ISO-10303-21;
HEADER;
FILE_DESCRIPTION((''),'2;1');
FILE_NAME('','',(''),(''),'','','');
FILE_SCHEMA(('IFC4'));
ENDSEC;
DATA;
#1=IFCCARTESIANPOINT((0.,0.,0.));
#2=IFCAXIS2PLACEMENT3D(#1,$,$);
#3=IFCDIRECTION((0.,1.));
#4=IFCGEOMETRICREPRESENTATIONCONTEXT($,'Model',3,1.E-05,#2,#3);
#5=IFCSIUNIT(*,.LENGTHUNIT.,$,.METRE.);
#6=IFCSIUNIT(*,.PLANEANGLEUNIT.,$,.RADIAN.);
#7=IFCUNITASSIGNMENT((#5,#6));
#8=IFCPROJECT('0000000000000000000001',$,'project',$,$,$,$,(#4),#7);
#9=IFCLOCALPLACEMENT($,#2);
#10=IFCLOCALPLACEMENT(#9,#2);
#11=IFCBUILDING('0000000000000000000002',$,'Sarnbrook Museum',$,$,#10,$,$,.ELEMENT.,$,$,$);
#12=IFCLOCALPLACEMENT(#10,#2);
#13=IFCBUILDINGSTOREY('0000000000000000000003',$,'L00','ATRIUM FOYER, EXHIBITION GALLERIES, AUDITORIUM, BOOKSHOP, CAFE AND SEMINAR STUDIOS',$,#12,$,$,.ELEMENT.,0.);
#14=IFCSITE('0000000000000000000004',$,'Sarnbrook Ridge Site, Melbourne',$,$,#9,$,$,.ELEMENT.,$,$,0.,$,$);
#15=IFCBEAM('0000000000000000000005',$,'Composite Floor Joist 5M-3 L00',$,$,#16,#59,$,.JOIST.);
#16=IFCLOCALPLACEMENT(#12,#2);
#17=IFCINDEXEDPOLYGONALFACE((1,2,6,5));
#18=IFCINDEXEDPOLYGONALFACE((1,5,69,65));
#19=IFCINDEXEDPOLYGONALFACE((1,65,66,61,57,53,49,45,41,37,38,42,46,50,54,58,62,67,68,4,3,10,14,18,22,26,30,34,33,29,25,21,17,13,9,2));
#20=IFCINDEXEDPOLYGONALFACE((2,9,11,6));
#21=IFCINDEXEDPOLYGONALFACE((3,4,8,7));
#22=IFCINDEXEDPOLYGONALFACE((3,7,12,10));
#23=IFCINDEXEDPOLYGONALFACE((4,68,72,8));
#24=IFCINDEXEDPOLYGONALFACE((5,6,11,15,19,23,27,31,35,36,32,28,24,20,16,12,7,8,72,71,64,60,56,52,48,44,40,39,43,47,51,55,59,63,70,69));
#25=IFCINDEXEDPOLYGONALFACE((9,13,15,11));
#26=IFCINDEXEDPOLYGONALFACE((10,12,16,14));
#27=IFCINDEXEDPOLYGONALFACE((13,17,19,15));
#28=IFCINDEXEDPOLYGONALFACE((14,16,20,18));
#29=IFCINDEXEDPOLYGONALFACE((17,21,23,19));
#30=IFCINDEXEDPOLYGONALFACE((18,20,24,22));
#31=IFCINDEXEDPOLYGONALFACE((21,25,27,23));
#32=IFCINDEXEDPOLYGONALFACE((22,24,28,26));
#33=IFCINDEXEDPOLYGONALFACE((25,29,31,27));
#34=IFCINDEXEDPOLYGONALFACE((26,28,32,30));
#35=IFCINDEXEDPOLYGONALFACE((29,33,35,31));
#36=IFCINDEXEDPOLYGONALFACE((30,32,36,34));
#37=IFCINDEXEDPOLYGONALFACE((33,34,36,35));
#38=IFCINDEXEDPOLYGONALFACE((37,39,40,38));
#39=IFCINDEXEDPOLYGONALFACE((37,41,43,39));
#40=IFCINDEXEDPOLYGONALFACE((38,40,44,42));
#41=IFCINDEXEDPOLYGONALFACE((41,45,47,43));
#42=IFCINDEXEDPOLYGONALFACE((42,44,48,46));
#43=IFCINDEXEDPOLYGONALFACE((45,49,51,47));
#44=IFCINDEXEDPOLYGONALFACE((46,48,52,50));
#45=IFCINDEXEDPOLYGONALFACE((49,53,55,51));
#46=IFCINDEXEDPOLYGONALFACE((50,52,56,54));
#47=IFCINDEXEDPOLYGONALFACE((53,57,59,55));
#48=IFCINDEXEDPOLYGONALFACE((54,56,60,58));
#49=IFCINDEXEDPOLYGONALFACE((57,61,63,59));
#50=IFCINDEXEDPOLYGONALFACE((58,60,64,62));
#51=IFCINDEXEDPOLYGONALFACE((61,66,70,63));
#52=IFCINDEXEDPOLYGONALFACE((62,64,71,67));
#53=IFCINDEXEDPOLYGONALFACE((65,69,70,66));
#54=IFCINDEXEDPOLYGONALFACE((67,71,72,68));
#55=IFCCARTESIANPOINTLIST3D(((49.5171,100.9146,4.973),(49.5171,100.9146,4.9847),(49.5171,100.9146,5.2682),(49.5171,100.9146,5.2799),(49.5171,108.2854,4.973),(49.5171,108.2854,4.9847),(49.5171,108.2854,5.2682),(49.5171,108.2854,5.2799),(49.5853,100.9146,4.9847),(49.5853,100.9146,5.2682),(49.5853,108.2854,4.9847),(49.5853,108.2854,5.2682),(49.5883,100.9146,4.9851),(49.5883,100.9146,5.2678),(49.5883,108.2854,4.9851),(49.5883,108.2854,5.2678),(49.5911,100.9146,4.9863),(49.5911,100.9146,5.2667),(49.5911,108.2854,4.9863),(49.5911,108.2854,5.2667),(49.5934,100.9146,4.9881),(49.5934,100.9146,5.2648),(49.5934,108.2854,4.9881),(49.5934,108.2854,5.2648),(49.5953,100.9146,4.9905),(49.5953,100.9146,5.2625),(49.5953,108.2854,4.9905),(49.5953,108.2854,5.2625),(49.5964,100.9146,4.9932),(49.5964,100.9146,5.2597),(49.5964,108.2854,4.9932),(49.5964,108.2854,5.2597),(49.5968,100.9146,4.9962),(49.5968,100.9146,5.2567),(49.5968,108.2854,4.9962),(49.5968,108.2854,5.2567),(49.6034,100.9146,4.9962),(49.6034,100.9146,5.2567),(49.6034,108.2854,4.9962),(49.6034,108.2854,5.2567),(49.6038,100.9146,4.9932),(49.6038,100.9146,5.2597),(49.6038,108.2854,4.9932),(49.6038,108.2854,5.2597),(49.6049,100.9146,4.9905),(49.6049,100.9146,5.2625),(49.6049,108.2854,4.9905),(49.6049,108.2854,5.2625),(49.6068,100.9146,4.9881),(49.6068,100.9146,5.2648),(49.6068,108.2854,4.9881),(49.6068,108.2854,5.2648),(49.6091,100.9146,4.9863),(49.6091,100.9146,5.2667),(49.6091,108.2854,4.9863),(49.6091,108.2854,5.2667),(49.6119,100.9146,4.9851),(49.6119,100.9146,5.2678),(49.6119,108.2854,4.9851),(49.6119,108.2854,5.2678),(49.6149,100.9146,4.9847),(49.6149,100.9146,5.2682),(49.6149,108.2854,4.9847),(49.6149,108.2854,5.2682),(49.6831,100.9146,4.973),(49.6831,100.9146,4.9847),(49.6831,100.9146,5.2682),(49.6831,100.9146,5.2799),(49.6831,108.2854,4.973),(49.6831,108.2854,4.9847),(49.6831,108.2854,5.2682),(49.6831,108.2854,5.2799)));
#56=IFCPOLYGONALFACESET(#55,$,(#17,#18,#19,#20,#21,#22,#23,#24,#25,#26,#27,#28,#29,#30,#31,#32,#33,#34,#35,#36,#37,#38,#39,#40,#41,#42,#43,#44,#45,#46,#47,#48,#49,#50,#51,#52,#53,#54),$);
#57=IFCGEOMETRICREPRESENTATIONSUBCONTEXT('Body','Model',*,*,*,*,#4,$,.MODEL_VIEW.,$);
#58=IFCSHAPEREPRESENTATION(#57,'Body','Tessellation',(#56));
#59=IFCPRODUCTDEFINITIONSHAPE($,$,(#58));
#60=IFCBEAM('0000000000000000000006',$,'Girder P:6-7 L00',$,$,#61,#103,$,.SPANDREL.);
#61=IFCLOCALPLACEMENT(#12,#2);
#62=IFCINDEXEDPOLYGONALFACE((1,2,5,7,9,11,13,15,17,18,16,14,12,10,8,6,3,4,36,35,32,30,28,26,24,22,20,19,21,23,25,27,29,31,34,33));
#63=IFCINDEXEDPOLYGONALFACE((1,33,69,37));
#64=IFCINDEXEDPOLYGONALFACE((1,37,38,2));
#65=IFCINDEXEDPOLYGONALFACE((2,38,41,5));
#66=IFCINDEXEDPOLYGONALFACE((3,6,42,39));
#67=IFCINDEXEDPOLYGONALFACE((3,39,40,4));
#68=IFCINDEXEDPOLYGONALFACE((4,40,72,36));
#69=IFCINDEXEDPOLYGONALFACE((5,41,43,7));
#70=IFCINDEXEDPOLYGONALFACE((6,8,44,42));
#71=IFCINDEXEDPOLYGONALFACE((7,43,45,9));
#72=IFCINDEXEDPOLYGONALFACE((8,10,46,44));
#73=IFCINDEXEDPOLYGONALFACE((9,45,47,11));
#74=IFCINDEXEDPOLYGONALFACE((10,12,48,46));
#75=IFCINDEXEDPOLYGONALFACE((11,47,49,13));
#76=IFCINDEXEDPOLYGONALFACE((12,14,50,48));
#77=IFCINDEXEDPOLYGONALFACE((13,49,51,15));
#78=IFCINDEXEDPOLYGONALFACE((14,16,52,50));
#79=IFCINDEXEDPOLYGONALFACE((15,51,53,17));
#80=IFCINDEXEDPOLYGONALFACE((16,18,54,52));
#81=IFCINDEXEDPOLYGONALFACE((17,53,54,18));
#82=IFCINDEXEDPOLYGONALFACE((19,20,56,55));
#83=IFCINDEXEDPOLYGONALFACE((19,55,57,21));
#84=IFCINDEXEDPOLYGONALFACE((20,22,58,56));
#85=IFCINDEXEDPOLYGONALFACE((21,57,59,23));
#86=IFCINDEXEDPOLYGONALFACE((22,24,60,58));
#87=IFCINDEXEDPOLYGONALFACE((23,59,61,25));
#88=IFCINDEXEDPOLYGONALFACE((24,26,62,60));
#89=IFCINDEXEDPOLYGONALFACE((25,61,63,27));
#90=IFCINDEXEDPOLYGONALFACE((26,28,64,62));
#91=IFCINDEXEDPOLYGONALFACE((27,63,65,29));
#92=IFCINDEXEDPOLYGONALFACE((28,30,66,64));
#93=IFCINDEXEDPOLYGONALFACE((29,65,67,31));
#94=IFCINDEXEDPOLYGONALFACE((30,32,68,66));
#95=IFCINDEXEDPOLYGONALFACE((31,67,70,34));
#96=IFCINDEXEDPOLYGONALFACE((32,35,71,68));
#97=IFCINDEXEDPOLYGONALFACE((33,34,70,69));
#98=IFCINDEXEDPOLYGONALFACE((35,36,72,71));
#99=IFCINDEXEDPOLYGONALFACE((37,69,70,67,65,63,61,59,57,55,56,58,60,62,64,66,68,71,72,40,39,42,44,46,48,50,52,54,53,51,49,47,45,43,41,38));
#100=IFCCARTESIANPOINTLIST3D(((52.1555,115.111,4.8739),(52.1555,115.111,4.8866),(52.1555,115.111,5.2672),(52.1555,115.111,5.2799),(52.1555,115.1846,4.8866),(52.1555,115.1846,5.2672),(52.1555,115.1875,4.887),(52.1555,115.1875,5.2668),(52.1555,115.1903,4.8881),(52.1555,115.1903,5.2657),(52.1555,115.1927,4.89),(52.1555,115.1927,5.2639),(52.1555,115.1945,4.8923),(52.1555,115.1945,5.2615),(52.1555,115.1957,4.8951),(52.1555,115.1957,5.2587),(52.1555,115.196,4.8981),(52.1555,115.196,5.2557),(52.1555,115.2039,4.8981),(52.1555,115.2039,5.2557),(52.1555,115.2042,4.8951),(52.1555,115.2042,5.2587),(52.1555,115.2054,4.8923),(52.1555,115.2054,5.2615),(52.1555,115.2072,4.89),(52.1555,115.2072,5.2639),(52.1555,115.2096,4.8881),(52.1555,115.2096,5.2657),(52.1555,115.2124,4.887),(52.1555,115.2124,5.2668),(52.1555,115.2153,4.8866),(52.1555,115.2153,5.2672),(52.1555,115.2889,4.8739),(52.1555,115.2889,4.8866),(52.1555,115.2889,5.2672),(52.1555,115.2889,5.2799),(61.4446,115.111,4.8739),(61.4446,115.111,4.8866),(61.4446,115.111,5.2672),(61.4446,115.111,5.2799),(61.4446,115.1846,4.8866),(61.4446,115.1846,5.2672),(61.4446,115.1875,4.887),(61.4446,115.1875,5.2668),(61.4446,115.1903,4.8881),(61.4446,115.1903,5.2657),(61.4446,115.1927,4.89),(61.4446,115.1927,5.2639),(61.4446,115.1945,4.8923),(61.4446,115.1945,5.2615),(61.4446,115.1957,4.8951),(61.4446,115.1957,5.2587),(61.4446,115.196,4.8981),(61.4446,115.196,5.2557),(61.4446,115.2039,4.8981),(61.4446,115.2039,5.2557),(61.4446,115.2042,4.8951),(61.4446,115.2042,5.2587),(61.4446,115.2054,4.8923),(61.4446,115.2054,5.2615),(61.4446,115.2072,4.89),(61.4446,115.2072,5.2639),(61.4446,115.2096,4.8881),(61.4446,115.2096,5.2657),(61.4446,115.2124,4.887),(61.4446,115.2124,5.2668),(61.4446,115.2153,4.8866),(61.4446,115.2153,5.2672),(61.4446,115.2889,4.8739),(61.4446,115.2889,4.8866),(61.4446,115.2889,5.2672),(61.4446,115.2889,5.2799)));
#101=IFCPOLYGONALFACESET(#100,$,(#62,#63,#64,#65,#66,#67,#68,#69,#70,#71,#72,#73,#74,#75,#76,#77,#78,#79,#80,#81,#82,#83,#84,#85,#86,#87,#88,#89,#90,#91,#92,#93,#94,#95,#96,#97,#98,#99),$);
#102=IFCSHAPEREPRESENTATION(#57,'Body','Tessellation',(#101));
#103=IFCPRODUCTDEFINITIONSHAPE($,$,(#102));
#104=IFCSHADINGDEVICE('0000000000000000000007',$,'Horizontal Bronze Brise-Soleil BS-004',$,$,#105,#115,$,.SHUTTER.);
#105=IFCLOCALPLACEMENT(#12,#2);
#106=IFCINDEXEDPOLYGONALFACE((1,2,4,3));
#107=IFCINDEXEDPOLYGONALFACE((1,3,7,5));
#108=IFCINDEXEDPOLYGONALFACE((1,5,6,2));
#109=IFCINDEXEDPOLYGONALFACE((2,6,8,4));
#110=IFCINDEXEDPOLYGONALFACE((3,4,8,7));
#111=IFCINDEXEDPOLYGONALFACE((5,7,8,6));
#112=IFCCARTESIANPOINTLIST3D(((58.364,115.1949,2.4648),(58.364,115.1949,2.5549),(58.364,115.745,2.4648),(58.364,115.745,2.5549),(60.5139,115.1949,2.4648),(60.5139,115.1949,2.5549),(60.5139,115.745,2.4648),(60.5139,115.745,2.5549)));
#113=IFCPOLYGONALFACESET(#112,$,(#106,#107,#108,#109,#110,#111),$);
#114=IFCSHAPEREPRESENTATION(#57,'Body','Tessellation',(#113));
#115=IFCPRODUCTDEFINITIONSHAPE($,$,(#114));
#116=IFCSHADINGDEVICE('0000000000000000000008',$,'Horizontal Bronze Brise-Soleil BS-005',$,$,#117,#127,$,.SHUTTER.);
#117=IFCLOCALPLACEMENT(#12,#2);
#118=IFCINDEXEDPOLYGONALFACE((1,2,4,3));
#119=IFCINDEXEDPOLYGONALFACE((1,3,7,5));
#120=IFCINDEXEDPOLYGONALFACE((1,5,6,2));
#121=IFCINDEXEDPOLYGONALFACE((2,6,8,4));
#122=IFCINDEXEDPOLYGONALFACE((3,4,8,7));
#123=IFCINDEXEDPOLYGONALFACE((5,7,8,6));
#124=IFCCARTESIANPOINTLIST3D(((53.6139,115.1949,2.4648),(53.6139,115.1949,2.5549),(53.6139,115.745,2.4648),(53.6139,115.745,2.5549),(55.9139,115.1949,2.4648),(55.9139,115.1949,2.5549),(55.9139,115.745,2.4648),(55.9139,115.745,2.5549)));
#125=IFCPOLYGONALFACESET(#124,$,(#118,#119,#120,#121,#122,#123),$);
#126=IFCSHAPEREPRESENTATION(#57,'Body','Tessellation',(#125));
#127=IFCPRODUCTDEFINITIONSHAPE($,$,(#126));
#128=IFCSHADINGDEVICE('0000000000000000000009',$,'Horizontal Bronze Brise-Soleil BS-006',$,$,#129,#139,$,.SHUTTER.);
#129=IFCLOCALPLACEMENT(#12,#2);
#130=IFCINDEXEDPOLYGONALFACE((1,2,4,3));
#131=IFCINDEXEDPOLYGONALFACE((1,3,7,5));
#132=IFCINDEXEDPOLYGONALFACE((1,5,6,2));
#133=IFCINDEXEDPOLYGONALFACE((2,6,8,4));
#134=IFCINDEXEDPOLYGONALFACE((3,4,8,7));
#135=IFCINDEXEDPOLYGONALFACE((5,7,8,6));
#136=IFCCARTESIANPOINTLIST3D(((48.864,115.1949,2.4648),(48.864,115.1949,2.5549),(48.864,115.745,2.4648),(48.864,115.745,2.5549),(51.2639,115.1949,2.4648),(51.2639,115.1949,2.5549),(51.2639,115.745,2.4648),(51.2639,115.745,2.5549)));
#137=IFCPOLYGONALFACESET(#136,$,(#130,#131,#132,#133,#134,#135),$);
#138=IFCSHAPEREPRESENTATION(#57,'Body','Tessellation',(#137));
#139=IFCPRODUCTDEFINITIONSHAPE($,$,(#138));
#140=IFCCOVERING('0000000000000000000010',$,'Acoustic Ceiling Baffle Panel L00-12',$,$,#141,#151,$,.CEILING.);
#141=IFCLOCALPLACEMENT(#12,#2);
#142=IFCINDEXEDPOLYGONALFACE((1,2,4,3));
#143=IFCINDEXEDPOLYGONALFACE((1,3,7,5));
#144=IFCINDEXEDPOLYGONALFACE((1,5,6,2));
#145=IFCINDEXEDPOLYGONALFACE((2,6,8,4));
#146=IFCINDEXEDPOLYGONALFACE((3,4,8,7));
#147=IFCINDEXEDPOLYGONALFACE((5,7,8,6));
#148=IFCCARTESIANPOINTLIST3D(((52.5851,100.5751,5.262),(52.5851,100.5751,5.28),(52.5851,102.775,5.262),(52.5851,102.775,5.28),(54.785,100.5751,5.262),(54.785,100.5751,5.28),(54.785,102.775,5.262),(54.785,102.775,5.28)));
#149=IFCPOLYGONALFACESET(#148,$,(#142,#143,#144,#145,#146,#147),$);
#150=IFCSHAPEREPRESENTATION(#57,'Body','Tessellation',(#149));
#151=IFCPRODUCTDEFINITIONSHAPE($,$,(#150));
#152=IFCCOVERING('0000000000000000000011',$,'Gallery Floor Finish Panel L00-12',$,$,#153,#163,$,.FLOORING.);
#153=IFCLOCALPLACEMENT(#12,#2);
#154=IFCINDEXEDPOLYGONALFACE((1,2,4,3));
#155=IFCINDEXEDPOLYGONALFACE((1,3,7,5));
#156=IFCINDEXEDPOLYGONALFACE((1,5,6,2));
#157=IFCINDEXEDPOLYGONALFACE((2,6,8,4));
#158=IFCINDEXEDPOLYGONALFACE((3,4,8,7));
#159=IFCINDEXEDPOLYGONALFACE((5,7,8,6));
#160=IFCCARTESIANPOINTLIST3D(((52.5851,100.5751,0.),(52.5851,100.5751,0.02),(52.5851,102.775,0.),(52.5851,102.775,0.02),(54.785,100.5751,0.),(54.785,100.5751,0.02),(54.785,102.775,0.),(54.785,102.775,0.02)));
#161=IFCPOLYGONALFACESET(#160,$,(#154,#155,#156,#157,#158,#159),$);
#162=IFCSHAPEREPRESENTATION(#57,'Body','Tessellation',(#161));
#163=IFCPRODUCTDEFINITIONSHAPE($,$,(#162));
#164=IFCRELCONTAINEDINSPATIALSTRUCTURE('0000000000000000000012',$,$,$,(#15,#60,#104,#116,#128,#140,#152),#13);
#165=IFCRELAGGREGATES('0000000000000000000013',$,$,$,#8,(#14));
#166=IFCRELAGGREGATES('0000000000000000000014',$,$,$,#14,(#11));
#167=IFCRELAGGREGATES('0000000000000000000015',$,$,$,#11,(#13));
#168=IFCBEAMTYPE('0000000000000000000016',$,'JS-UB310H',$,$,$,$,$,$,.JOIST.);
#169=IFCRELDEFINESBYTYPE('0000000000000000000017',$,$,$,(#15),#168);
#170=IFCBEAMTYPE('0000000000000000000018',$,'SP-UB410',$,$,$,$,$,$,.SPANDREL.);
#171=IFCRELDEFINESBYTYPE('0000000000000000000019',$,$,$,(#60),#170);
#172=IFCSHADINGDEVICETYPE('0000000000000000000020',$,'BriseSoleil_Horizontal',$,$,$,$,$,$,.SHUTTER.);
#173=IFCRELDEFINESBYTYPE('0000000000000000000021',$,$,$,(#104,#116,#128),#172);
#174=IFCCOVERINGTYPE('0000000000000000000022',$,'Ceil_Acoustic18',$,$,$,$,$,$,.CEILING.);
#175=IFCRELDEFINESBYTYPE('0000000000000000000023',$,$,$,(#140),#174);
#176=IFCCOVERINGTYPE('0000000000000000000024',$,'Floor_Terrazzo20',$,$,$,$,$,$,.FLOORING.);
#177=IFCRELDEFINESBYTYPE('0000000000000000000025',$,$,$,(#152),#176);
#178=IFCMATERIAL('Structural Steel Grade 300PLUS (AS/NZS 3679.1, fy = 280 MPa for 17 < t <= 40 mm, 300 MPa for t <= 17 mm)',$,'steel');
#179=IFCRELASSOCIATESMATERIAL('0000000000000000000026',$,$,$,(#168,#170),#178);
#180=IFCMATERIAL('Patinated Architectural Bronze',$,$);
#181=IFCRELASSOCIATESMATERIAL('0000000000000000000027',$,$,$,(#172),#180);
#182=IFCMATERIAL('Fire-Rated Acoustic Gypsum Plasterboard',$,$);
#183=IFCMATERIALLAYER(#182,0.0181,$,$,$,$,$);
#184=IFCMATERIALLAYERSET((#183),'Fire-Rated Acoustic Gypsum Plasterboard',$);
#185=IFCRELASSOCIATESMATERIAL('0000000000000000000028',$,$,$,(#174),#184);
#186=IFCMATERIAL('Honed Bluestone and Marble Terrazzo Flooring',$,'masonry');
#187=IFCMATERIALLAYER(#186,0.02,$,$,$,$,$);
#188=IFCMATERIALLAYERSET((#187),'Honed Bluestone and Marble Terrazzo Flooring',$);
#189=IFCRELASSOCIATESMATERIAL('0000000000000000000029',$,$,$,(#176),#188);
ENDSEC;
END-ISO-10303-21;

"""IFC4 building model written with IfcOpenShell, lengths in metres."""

from ifc_helpers import new_model, si_unit, direction, frame, origin, origin_2d, place, context, subcontext, project, spatial, rectangle, i_section, extrude, material, layer, layer_set, material_profile, profile_set, type_object, element, save


model = new_model("IFC4")

# Units and contexts
model_context = context("Model", 3, precision=1e-05, world=origin(), true_north=direction((0.0, 1.0)))
body_context = subcontext(model_context, "Body", "Model", "MODEL_VIEW")
ifc_project = project(units=[si_unit("LENGTHUNIT", "METRE"), si_unit("PLANEANGLEUNIT", "RADIAN")], contexts=[model_context])

# Site, building, storey
site_placement = place(None, origin())
site = spatial("IfcSite", under=ifc_project, at=site_placement, Name="Sarnbrook Ridge Site, Melbourne", CompositionType="ELEMENT", RefElevation=0.0)
building_placement = place(site_placement, origin())
building = spatial("IfcBuilding", under=site, at=building_placement, Name="Sarnbrook Museum", CompositionType="ELEMENT")
storey_placement = place(building_placement, origin())
storey = spatial("IfcBuildingStorey", under=building, at=storey_placement, Name="L00", Description="ATRIUM FOYER, EXHIBITION GALLERIES, AUDITORIUM, BOOKSHOP, CAFE AND SEMINAR STUDIOS", CompositionType="ELEMENT", Elevation=0.0)

# Shared definitions
ifc_material_1 = material(Name="Structural Steel Grade 300PLUS (AS/NZS 3679.1, fy = 280 MPa for 17 < t <= 40 mm, 300 MPa for t <= 17 mm)", Category="steel")

# Beams
ifc_material_profile_1 = material_profile(ifc_material_1, i_section(OverallWidth=0.166, OverallDepth=0.3069, WebThickness=0.0066, FlangeThickness=0.0117, FilletRadius=0.0115, at=origin_2d()), Name="310UB46.2")
ifc_profile_set_1 = profile_set([ifc_material_profile_1], Name="Structural Steel Grade 300PLUS (AS/NZS 3679.1, fy = 280 MPa for 17 < t <= 40 mm, 300 MPa for t <= 17 mm)")
beam_type_1 = type_object("IfcBeamType", Name="JS-UB310H", PredefinedType="JOIST", material=ifc_profile_set_1)
for number, where, z_axis, x_axis, name in (
    (1, (49.6001, 100.9146, 5.1265), (0.0, 1.0, 0.0), (-1.0, 0.0, 0.0), "Composite Floor Joist 5M-3 L00"),
):
    element("IfcBeam", number, at=place(storey_placement, frame(where, z_axis=z_axis, x_axis=x_axis)), inside=storey, type_object=beam_type_1, Name=name, PredefinedType="JOIST", context=body_context, shape_type="SweptSolid", body=[
        extrude(i_section(OverallWidth=0.166, OverallDepth=0.3069, WebThickness=0.0066, FlangeThickness=0.0117, FilletRadius=0.0115, at=origin_2d()), origin(), (0.0, 0.0, 1.0), 7.3708),
    ])
ifc_material_profile_2 = material_profile(ifc_material_1, i_section(OverallWidth=0.178, OverallDepth=0.406, WebThickness=0.0078, FlangeThickness=0.0127, FilletRadius=0.0115, at=origin_2d()), Name="410UB59.7")
ifc_profile_set_2 = profile_set([ifc_material_profile_2], Name="Structural Steel Grade 300PLUS (AS/NZS 3679.1, fy = 280 MPa for 17 < t <= 40 mm, 300 MPa for t <= 17 mm)")
beam_type_2 = type_object("IfcBeamType", Name="SP-UB410", PredefinedType="SPANDREL", material=ifc_profile_set_2)
beam_1_placement = place(storey_placement, frame((52.1555, 115.2, 5.0769), z_axis=(1.0, 0.0, 0.0), x_axis=(0.0, 1.0, 0.0)))
element("IfcBeam", 2, at=beam_1_placement, inside=storey, type_object=beam_type_2, Name="Girder P:6-7 L00", PredefinedType="SPANDREL", context=body_context, shape_type="SweptSolid", body=[
    extrude(i_section(OverallWidth=0.178, OverallDepth=0.406, WebThickness=0.0078, FlangeThickness=0.0127, FilletRadius=0.0115, at=origin_2d()), origin(), (0.0, 0.0, 1.0), 9.2891),
])

# Shading devices
ifc_material_2 = material(Name="Patinated Architectural Bronze")
shading_device_type = type_object("IfcShadingDeviceType", Name="BriseSoleil_Horizontal", PredefinedType="SHUTTER", material=ifc_material_2)
shading_device_1_placement = place(storey_placement, frame((59.439, 115.47, 2.4648), z_axis=(0.0, 0.0, 1.0), x_axis=(1.0, 0.0, 0.0)))
element("IfcShadingDevice", 3, at=shading_device_1_placement, inside=storey, type_object=shading_device_type, Name="Horizontal Bronze Brise-Soleil BS-004", PredefinedType="SHUTTER", context=body_context, shape_type="SweptSolid", body=[
    extrude(rectangle(XDim=2.1499, YDim=0.55, at=origin_2d()), origin(), (0.0, 0.0, 1.0), 0.0901),
])
shading_device_2_placement = place(storey_placement, frame((54.7639, 115.47, 2.4648), z_axis=(0.0, 0.0, 1.0), x_axis=(1.0, 0.0, 0.0)))
element("IfcShadingDevice", 4, at=shading_device_2_placement, inside=storey, type_object=shading_device_type, Name="Horizontal Bronze Brise-Soleil BS-005", PredefinedType="SHUTTER", context=body_context, shape_type="SweptSolid", body=[
    extrude(rectangle(XDim=2.3, YDim=0.55, at=origin_2d()), origin(), (0.0, 0.0, 1.0), 0.0901),
])
shading_device_3_placement = place(storey_placement, frame((50.064, 115.47, 2.4648), z_axis=(0.0, 0.0, 1.0), x_axis=(1.0, 0.0, 0.0)))
element("IfcShadingDevice", 5, at=shading_device_3_placement, inside=storey, type_object=shading_device_type, Name="Horizontal Bronze Brise-Soleil BS-006", PredefinedType="SHUTTER", context=body_context, shape_type="SweptSolid", body=[
    extrude(rectangle(XDim=2.3999, YDim=0.55, at=origin_2d()), origin(), (0.0, 0.0, 1.0), 0.0901),
])

# Coverings
ifc_material_3 = material(Name="Fire-Rated Acoustic Gypsum Plasterboard")
ifc_layer_1 = layer(ifc_material_3, 0.0181)
ifc_layer_set_1 = layer_set([ifc_layer_1], Name="Fire-Rated Acoustic Gypsum Plasterboard")
covering_type_1 = type_object("IfcCoveringType", Name="Ceil_Acoustic18", PredefinedType="CEILING", material=ifc_layer_set_1)
covering_1_placement = place(storey_placement, frame((53.6851, 101.675, 5.262), z_axis=(0.0, 0.0, 1.0), x_axis=(1.0, 0.0, 0.0)))
element("IfcCovering", 6, at=covering_1_placement, inside=storey, type_object=covering_type_1, Name="Acoustic Ceiling Baffle Panel L00-12", PredefinedType="CEILING", context=body_context, shape_type="SweptSolid", body=[
    extrude(rectangle(XDim=2.2, YDim=2.2, at=origin_2d()), origin(), (0.0, 0.0, 1.0), 0.0181),
])
ifc_material_4 = material(Name="Honed Bluestone and Marble Terrazzo Flooring", Category="masonry")
ifc_layer_2 = layer(ifc_material_4, 0.02)
ifc_layer_set_2 = layer_set([ifc_layer_2], Name="Honed Bluestone and Marble Terrazzo Flooring")
covering_type_2 = type_object("IfcCoveringType", Name="Floor_Terrazzo20", PredefinedType="FLOORING", material=ifc_layer_set_2)
covering_2_placement = place(storey_placement, frame((53.6851, 101.675, 0.0), z_axis=(0.0, 0.0, 1.0), x_axis=(1.0, 0.0, 0.0)))
element("IfcCovering", 7, at=covering_2_placement, inside=storey, type_object=covering_type_2, Name="Gallery Floor Finish Panel L00-12", PredefinedType="FLOORING", context=body_context, shape_type="SweptSolid", body=[
    extrude(rectangle(XDim=2.2, YDim=2.2, at=origin_2d()), origin(), (0.0, 0.0, 1.0), 0.02),
])

save(model, "model.ifc")
